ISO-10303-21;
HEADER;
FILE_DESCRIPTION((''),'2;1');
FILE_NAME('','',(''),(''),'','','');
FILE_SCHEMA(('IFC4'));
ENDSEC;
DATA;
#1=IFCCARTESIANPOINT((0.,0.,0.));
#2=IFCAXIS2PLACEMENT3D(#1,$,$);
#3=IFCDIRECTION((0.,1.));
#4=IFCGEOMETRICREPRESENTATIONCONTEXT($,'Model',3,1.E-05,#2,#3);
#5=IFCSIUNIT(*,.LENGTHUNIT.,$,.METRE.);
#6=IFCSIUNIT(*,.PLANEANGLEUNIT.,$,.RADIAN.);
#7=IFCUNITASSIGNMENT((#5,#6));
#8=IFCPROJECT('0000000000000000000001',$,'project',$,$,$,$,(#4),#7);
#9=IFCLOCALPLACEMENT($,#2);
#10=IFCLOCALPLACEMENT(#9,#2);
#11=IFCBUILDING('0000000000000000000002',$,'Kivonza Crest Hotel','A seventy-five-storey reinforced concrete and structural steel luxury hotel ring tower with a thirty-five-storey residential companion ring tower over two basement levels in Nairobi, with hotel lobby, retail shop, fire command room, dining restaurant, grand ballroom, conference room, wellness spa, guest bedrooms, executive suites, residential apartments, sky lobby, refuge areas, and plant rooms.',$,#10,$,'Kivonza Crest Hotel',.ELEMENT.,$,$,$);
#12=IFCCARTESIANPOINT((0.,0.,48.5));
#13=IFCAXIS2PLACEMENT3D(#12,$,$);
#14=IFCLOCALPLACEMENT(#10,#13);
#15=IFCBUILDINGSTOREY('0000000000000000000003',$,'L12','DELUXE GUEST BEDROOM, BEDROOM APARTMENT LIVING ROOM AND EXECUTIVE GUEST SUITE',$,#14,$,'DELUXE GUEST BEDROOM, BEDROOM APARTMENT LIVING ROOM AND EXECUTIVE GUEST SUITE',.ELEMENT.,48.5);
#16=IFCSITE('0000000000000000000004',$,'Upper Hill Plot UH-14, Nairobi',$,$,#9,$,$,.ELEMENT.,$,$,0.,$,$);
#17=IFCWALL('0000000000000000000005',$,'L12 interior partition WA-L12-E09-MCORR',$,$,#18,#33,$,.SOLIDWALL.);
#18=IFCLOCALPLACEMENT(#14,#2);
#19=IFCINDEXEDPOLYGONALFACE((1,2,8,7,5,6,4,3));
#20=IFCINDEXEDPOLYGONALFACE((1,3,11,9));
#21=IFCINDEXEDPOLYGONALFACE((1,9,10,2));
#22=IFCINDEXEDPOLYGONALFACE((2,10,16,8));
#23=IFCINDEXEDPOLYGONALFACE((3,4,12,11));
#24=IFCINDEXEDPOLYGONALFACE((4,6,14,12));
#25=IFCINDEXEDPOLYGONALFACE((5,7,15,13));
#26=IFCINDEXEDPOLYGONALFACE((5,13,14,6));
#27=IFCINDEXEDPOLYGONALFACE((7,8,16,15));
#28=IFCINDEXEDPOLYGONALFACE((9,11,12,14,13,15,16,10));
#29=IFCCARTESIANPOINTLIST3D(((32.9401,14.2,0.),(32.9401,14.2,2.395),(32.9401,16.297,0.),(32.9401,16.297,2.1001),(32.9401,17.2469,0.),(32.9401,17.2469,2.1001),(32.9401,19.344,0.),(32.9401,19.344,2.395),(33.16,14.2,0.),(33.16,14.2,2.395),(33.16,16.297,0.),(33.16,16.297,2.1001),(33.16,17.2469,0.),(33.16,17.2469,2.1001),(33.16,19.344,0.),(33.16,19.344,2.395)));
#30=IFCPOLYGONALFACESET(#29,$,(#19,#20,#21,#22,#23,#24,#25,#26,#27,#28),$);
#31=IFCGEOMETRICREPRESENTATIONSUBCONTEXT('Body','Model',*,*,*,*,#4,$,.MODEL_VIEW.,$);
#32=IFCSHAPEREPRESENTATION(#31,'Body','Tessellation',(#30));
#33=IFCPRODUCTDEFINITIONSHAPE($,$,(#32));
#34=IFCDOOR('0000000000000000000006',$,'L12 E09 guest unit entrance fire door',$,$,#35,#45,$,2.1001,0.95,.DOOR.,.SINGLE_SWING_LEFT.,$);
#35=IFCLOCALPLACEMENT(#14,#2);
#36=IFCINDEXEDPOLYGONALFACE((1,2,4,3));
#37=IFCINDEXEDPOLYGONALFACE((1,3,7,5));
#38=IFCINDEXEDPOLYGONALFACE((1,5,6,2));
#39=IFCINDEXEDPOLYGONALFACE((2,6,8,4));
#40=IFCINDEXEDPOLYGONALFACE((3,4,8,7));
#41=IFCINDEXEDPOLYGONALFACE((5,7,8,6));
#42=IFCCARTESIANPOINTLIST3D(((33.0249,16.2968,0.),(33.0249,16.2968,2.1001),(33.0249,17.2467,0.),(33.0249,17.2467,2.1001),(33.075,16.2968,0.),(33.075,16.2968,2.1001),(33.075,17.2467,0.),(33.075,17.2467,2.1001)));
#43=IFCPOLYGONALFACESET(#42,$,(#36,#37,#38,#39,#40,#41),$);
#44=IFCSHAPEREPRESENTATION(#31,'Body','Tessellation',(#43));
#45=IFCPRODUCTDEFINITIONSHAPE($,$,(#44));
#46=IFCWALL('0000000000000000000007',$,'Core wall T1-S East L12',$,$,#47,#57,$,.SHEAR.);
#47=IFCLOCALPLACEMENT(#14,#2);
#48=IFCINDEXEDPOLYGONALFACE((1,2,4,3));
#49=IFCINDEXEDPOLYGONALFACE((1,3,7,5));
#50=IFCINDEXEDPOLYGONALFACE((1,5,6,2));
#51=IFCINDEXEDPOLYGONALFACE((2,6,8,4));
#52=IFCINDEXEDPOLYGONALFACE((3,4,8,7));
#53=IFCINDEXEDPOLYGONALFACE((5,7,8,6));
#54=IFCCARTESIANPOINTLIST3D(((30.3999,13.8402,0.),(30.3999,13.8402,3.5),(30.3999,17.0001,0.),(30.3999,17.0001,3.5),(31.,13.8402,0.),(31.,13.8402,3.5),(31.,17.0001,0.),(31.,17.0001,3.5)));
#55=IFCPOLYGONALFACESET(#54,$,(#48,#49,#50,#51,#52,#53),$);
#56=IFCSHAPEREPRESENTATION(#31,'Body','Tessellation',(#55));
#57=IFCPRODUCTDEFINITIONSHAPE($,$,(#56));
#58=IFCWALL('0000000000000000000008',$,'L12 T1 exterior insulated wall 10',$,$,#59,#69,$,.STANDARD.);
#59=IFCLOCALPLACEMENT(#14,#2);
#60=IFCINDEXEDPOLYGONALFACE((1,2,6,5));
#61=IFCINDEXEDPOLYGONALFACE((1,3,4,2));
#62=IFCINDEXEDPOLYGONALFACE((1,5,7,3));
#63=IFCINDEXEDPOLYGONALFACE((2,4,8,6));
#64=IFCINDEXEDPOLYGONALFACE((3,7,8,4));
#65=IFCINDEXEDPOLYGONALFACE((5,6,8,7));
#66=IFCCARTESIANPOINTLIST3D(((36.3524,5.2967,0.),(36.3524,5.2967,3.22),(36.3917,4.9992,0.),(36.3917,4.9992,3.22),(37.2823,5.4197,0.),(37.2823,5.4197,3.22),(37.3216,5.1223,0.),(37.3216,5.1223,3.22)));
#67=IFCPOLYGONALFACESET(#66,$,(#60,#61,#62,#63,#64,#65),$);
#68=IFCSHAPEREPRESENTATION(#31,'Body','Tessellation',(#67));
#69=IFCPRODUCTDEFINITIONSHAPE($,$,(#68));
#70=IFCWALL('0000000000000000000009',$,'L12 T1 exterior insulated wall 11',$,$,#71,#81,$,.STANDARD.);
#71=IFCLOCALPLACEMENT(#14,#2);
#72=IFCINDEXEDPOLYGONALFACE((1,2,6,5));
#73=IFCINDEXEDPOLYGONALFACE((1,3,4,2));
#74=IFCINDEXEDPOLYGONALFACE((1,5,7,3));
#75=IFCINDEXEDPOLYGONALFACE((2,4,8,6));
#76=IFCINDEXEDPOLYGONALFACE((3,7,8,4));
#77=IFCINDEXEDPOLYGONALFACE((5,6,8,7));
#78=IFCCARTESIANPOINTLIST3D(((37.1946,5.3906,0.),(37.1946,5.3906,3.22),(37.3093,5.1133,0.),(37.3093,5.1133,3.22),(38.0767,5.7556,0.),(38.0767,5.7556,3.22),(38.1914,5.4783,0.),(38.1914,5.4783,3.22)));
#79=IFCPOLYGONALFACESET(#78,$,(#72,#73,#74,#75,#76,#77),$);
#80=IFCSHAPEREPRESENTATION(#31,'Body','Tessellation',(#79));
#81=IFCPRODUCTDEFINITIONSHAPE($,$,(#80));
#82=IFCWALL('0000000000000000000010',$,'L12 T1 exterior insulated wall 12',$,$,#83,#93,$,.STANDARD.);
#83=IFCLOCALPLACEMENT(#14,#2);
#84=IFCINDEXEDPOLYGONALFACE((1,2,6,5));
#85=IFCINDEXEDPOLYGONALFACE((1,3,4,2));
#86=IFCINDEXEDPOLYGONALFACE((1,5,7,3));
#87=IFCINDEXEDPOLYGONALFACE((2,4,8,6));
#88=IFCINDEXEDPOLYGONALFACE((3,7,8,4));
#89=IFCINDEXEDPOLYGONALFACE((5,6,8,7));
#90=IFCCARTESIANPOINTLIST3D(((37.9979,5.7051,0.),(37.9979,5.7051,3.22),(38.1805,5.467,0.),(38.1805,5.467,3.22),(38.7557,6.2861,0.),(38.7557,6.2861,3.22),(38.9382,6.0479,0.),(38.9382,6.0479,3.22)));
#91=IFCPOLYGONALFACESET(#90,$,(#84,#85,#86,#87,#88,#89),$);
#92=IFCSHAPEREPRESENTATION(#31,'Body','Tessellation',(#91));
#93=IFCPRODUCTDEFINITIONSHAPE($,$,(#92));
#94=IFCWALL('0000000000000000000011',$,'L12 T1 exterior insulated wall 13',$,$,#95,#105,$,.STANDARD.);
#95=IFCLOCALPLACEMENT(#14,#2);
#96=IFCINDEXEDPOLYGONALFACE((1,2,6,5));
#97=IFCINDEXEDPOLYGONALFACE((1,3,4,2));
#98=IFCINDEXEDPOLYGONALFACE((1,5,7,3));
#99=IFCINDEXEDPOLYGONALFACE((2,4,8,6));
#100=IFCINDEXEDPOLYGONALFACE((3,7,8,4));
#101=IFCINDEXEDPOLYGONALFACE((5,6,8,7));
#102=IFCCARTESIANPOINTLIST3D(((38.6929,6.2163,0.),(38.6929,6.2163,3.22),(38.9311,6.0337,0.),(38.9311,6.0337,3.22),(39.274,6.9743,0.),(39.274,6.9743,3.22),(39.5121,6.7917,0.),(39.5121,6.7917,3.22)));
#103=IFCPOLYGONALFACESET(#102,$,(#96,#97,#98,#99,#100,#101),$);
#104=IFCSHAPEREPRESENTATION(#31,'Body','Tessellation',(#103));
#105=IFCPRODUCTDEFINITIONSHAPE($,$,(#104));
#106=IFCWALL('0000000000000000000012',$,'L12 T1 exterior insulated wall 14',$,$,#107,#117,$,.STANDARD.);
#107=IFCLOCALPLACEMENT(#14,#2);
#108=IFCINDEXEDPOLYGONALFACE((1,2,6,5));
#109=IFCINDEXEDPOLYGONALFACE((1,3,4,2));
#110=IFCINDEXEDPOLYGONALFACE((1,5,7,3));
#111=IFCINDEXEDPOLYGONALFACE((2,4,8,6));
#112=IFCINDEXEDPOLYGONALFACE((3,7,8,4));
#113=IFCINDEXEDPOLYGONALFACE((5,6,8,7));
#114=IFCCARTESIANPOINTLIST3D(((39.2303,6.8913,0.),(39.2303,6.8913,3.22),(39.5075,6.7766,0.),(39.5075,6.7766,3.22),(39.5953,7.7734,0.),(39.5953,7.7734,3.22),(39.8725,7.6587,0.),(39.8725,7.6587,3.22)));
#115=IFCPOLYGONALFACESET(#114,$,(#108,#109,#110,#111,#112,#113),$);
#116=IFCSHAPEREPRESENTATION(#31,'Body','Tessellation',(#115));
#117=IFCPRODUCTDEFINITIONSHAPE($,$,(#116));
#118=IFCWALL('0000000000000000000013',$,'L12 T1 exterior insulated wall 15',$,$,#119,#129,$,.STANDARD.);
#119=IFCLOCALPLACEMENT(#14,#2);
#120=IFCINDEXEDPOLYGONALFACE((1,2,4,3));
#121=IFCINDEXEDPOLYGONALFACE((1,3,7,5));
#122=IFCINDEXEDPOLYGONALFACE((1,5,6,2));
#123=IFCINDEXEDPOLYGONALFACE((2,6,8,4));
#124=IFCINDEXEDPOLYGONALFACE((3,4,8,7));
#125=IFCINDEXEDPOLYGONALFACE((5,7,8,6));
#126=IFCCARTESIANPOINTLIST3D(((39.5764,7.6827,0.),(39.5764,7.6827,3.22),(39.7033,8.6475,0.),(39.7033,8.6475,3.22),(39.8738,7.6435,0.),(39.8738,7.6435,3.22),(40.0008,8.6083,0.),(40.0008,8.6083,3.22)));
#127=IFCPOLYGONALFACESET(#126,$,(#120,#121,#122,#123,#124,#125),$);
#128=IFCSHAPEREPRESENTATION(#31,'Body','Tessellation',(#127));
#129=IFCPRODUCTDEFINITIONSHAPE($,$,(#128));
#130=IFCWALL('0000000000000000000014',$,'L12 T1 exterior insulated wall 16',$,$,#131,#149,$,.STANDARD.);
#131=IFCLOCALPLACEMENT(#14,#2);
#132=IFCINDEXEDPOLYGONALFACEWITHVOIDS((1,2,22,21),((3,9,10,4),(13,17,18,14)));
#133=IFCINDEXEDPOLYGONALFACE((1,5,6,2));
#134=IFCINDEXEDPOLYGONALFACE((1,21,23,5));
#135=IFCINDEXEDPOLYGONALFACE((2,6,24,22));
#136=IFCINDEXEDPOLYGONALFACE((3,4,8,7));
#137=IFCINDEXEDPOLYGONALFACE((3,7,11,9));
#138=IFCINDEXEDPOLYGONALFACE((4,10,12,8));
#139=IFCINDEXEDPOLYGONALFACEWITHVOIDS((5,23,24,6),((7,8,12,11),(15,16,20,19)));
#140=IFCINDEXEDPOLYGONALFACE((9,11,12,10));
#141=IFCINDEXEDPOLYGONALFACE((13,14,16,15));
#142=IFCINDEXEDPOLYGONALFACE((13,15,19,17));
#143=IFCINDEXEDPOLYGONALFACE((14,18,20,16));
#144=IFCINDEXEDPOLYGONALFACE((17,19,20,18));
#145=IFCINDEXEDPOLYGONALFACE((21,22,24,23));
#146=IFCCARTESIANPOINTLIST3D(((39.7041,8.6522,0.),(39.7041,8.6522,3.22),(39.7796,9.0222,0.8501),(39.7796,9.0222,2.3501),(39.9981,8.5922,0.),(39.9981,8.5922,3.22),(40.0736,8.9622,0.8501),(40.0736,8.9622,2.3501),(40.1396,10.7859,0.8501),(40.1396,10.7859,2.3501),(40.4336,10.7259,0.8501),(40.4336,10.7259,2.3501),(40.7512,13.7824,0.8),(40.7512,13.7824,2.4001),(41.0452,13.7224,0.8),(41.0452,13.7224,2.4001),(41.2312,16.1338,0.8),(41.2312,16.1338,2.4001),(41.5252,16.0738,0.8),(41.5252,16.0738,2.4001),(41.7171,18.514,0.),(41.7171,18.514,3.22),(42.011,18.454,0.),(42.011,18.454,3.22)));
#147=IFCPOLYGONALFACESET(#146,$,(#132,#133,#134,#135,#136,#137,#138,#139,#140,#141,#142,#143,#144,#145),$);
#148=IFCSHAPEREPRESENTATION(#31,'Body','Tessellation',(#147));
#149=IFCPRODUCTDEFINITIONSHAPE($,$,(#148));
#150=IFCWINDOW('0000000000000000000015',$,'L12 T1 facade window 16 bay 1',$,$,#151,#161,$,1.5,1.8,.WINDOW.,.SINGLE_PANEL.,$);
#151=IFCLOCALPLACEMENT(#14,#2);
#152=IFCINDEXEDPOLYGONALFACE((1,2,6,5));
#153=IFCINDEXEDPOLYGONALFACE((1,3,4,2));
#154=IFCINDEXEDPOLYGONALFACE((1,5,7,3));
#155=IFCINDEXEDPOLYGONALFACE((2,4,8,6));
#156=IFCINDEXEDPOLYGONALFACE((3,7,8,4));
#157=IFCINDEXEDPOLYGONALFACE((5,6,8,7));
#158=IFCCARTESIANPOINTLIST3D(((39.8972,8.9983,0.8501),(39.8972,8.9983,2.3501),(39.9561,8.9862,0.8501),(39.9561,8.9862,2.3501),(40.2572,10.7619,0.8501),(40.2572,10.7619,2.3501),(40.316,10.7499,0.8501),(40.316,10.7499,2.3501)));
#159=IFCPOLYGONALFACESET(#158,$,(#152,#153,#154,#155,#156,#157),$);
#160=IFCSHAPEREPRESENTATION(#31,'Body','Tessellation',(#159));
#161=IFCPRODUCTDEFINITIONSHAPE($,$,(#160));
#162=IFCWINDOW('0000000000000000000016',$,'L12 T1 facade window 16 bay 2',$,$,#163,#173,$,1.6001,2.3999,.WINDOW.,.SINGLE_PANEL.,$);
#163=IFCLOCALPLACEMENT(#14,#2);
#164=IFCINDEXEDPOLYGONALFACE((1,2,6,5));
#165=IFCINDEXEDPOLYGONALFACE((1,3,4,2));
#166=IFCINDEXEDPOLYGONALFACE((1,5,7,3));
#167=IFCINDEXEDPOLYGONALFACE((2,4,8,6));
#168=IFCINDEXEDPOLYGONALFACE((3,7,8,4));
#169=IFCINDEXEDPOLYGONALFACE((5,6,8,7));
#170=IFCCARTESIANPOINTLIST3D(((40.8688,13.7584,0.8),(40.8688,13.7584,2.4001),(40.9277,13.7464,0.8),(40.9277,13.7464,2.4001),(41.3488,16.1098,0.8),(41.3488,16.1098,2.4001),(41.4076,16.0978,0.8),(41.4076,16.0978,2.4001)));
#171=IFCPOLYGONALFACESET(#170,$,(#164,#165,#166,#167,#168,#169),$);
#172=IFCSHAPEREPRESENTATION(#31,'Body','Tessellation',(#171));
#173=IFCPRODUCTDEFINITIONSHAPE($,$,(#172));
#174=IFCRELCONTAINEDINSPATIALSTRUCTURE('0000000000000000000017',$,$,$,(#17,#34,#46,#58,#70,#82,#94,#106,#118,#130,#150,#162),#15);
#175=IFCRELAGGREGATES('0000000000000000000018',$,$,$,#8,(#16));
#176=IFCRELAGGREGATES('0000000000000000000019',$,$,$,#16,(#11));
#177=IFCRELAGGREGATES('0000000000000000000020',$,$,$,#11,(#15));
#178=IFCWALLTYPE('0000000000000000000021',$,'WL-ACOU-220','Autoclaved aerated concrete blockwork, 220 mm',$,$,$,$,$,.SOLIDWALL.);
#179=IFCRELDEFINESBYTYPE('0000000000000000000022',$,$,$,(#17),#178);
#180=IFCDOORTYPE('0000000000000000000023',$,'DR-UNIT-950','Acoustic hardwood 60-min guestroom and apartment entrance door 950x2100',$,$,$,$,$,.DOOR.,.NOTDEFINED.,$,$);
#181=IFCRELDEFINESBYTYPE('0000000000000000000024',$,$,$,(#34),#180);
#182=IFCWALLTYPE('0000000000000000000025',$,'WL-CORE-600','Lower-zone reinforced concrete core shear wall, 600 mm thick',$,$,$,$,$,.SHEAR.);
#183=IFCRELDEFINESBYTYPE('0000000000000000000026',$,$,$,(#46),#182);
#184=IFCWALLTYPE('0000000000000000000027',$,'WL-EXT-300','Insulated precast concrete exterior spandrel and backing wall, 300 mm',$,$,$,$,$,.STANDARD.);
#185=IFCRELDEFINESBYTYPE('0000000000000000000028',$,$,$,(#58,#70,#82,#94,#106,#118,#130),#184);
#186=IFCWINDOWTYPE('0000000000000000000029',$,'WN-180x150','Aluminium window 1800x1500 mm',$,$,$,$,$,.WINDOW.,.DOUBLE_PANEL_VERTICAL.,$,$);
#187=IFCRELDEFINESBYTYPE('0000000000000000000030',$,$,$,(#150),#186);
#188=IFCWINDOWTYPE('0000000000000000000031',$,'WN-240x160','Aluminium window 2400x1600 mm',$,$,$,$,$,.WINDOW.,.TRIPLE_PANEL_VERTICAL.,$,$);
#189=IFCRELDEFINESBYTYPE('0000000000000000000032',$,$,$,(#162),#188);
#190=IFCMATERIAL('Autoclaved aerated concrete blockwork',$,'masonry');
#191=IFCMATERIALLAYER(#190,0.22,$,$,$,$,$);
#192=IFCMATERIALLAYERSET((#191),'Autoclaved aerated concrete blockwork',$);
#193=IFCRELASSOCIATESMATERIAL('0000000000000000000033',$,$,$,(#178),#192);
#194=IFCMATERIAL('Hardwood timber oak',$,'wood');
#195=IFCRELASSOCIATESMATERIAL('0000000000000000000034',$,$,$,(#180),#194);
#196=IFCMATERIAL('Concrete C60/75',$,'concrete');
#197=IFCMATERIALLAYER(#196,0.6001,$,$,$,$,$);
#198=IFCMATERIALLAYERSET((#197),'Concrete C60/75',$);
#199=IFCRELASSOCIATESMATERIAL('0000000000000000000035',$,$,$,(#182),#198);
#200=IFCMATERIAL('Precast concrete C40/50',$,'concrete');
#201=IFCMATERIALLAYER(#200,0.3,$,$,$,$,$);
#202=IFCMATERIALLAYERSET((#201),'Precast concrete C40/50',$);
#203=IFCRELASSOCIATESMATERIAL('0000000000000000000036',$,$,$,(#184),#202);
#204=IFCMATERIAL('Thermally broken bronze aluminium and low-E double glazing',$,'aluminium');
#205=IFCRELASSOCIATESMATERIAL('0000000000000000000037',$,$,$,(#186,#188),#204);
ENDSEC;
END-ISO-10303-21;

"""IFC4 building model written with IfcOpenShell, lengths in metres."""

from ifc_helpers import new_model, si_unit, direction, frame, frame_2d, origin, place, context, subcontext, project, spatial, rectangle, extrude, material, layer, layer_set, type_object, element, fill, save


model = new_model("IFC4")

# Units and contexts
model_context = context("Model", 3, precision=1e-05, world=origin(), true_north=direction((0.0, 1.0)))
body_context = subcontext(model_context, "Body", "Model", "MODEL_VIEW")
ifc_project = project(units=[si_unit("LENGTHUNIT", "METRE"), si_unit("PLANEANGLEUNIT", "RADIAN")], contexts=[model_context])

# Site, building, storey
site_placement = place(None, origin())
site = spatial("IfcSite", under=ifc_project, at=site_placement, Name="Upper Hill Plot UH-14, Nairobi", CompositionType="ELEMENT", RefElevation=0.0)
building_placement = place(site_placement, origin())
building = spatial("IfcBuilding", under=site, at=building_placement, Name="Kivonza Crest Hotel", Description="A seventy-five-storey reinforced concrete and structural steel luxury hotel ring tower with a thirty-five-storey residential companion ring tower over two basement levels in Nairobi, with hotel lobby, retail shop, fire command room, dining restaurant, grand ballroom, conference room, wellness spa, guest bedrooms, executive suites, residential apartments, sky lobby, refuge areas, and plant rooms.", LongName="Kivonza Crest Hotel", CompositionType="ELEMENT")
storey_placement = place(building_placement, frame((0.0, 0.0, 48.5)))
storey = spatial("IfcBuildingStorey", under=building, at=storey_placement, Name="L12", Description="DELUXE GUEST BEDROOM, BEDROOM APARTMENT LIVING ROOM AND EXECUTIVE GUEST SUITE", LongName="DELUXE GUEST BEDROOM, BEDROOM APARTMENT LIVING ROOM AND EXECUTIVE GUEST SUITE", CompositionType="ELEMENT", Elevation=48.5)

# Shared definitions
ifc_material_1 = material(Name="Concrete C60/75", Category="concrete")

# Wall, opening, door
ifc_material_2 = material(Name="Autoclaved aerated concrete blockwork", Category="masonry")
ifc_layer_1 = layer(ifc_material_2, 0.22)
ifc_layer_set_1 = layer_set([ifc_layer_1], Name="Autoclaved aerated concrete blockwork")
wall_type_1 = type_object("IfcWallType", Name="WL-ACOU-220", Description="Autoclaved aerated concrete blockwork, 220 mm", PredefinedType="SOLIDWALL", material=ifc_layer_set_1)
ifc_material_3 = material(Name="Hardwood timber oak", Category="wood")
wall_1_placement = place(storey_placement, frame((33.05, 14.2, 0.0), z_axis=(0.0, 0.0, 1.0), x_axis=(0.0, 1.0, 0.0)))
wall_1 = element("IfcWall", 1, at=wall_1_placement, inside=storey, type_object=wall_type_1, Name="L12 interior partition WA-L12-E09-MCORR", PredefinedType="SOLIDWALL", context=body_context, shape_type="SweptSolid", body=[
    extrude(rectangle(XDim=5.144, YDim=0.22, at=frame_2d((2.572, 0.0))), origin(), (0.0, 0.0, 1.0), 2.395),
])
opening_1_placement = place(wall_1_placement, frame((2.0969, 0.0, 0.0)))
opening_1 = element("IfcOpeningElement", 2, at=opening_1_placement, cuts=wall_1, PredefinedType="OPENING", context=body_context, shape_type="SweptSolid", body=[
    extrude(rectangle(XDim=0.95, YDim=2.1001, at=frame_2d((0.4751, 1.05))), frame((0.0, 0.1201, 0.0), z_axis=(0.0, -1.0, 0.0), x_axis=(1.0, 0.0, 0.0)), (0.0, 0.0, 1.0), 0.24),
])
door_type_1 = type_object("IfcDoorType", Name="DR-UNIT-950", Description="Acoustic hardwood 60-min guestroom and apartment entrance door 950x2100", OperationType="NOTDEFINED", PredefinedType="DOOR", material=ifc_material_3)
door_1_placement = place(opening_1_placement, frame((0.95, 0.0, 0.0), z_axis=(0.0, 0.0, 1.0), x_axis=(-1.0, 0.0, 0.0)))
door_1 = element("IfcDoor", 3, at=door_1_placement, inside=storey, type_object=door_type_1, Name="L12 E09 guest unit entrance fire door", OperationType="SINGLE_SWING_LEFT", OverallHeight=2.1001, OverallWidth=0.95, PredefinedType="DOOR", context=body_context, shape_type="SweptSolid", body=[
    extrude(rectangle(XDim=0.95, YDim=2.1001, at=frame_2d((0.4751, 1.05))), frame((0.0, 0.0249, 0.0), z_axis=(0.0, -1.0, 0.0), x_axis=(1.0, 0.0, 0.0)), (0.0, 0.0, 1.0), 0.05),
])
fill(opening_1, door_1)

# Walls
ifc_layer_2 = layer(ifc_material_1, 0.6001)
ifc_layer_set_2 = layer_set([ifc_layer_2], Name="Concrete C60/75")
wall_type_2 = type_object("IfcWallType", Name="WL-CORE-600", Description="Lower-zone reinforced concrete core shear wall, 600 mm thick", PredefinedType="SHEAR", material=ifc_layer_set_2)
wall_2_placement = place(storey_placement, frame((30.7, 13.8401, 0.0), z_axis=(0.0, 0.0, 1.0), x_axis=(0.0, 1.0, 0.0)))
element("IfcWall", 4, at=wall_2_placement, inside=storey, type_object=wall_type_2, Name="Core wall T1-S East L12", PredefinedType="SHEAR", context=body_context, shape_type="SweptSolid", body=[
    extrude(rectangle(XDim=3.1599, YDim=0.6001, at=frame_2d((1.5801, 0.0))), origin(), (0.0, 0.0, 1.0), 3.5),
])
ifc_material_4 = material(Name="Precast concrete C40/50", Category="concrete")
ifc_layer_3 = layer(ifc_material_4, 0.3)
ifc_layer_set_3 = layer_set([ifc_layer_3], Name="Precast concrete C40/50")
wall_type_3 = type_object("IfcWallType", Name="WL-EXT-300", Description="Insulated precast concrete exterior spandrel and backing wall, 300 mm", PredefinedType="STANDARD", material=ifc_layer_set_3)
wall_3_placement = place(storey_placement, frame((36.3721, 5.1479, 0.0), z_axis=(0.0, 0.0, 1.0), x_axis=(0.991359, 0.131175, 0.0)))
element("IfcWall", 5, at=wall_3_placement, inside=storey, type_object=wall_type_3, Name="L12 T1 exterior insulated wall 10", PredefinedType="STANDARD", context=body_context, shape_type="SweptSolid", body=[
    extrude(rectangle(XDim=0.938, YDim=0.3, at=frame_2d((0.469, 0.0))), origin(), (0.0, 0.0, 1.0), 3.22),
])
wall_4_placement = place(storey_placement, frame((37.252, 5.252, 0.0), z_axis=(0.0, 0.0, 1.0), x_axis=(0.92402, 0.382344, 0.0)))
element("IfcWall", 6, at=wall_4_placement, inside=storey, type_object=wall_type_3, Name="L12 T1 exterior insulated wall 11", PredefinedType="STANDARD", context=body_context, shape_type="SweptSolid", body=[
    extrude(rectangle(XDim=0.9546, YDim=0.3, at=frame_2d((0.4773, 0.0))), origin(), (0.0, 0.0, 1.0), 3.22),
])
wall_5_placement = place(storey_placement, frame((38.0891, 5.5859, 0.0), z_axis=(0.0, 0.0, 1.0), x_axis=(0.793573, 0.608474, 0.0)))
element("IfcWall", 7, at=wall_5_placement, inside=storey, type_object=wall_type_3, Name="L12 T1 exterior insulated wall 12", PredefinedType="STANDARD", context=body_context, shape_type="SweptSolid", body=[
    extrude(rectangle(XDim=0.9548, YDim=0.3, at=frame_2d((0.4775, 0.0))), origin(), (0.0, 0.0, 1.0), 3.22),
])
wall_6_placement = place(storey_placement, frame((38.812, 6.125, 0.0), z_axis=(0.0, 0.0, 1.0), x_axis=(0.608351, 0.793668, 0.0)))
element("IfcWall", 8, at=wall_6_placement, inside=storey, type_object=wall_type_3, Name="L12 T1 exterior insulated wall 13", PredefinedType="STANDARD", context=body_context, shape_type="SweptSolid", body=[
    extrude(rectangle(XDim=0.9551, YDim=0.3, at=frame_2d((0.4775, 0.0))), origin(), (0.0, 0.0, 1.0), 3.22),
])
wall_7_placement = place(storey_placement, frame((39.3689, 6.834, 0.0), z_axis=(0.0, 0.0, 1.0), x_axis=(0.382344, 0.92402, 0.0)))
element("IfcWall", 9, at=wall_7_placement, inside=storey, type_object=wall_type_3, Name="L12 T1 exterior insulated wall 14", PredefinedType="STANDARD", context=body_context, shape_type="SweptSolid", body=[
    extrude(rectangle(XDim=0.9546, YDim=0.3, at=frame_2d((0.4773, 0.0))), origin(), (0.0, 0.0, 1.0), 3.22),
])
wall_8_placement = place(storey_placement, frame((39.7251, 7.6631, 0.0), z_axis=(0.0, 0.0, 1.0), x_axis=(0.130455, 0.991454, 0.0)))
element("IfcWall", 10, at=wall_8_placement, inside=storey, type_object=wall_type_3, Name="L12 T1 exterior insulated wall 15", PredefinedType="STANDARD", context=body_context, shape_type="SweptSolid", body=[
    extrude(rectangle(XDim=0.9731, YDim=0.3, at=frame_2d((0.4866, 0.0))), origin(), (0.0, 0.0, 1.0), 3.22),
])

# Wall, openings, windows
wall_9_placement = place(storey_placement, frame((39.8511, 8.6221, 0.0), z_axis=(0.0, 0.0, 1.0), x_axis=(0.199991, 0.979798, 0.0)))
wall_9 = element("IfcWall", 11, at=wall_9_placement, inside=storey, type_object=wall_type_3, Name="L12 T1 exterior insulated wall 16", PredefinedType="STANDARD", context=body_context, shape_type="SweptSolid", body=[
    extrude(rectangle(XDim=10.0652, YDim=0.3, at=frame_2d((5.0327, 0.0))), origin(), (0.0, 0.0, 1.0), 3.22),
])
opening_2_placement = place(wall_9_placement, frame((0.3779, 0.0, 0.8501)))
opening_2 = element("IfcOpeningElement", 12, at=opening_2_placement, cuts=wall_9, PredefinedType="OPENING", context=body_context, shape_type="SweptSolid", body=[
    extrude(rectangle(XDim=1.8, YDim=1.5, at=frame_2d((0.8999, 0.75))), frame((0.0, 0.1602, 0.0), z_axis=(0.0, -1.0, 0.0), x_axis=(1.0, 0.0, 0.0)), (0.0, 0.0, 1.0), 0.3201),
])
opening_3_placement = place(wall_9_placement, frame((5.2361, 0.0, 0.8)))
opening_3 = element("IfcOpeningElement", 13, at=opening_3_placement, cuts=wall_9, PredefinedType="OPENING", context=body_context, shape_type="SweptSolid", body=[
    extrude(rectangle(XDim=2.3999, YDim=1.6001, at=frame_2d((1.2, 0.8))), frame((0.0, 0.1602, 0.0), z_axis=(0.0, -1.0, 0.0), x_axis=(1.0, 0.0, 0.0)), (0.0, 0.0, 1.0), 0.3201),
])
ifc_material_5 = material(Name="Thermally broken bronze aluminium and low-E double glazing", Category="aluminium")
window_type_1 = type_object("IfcWindowType", Name="WN-180x150", Description="Aluminium window 1800x1500 mm", PartitioningType="DOUBLE_PANEL_VERTICAL", PredefinedType="WINDOW", material=ifc_material_5)
window_1_placement = place(opening_2_placement, origin())
window_1 = element("IfcWindow", 14, at=window_1_placement, inside=storey, type_object=window_type_1, Name="L12 T1 facade window 16 bay 1", OverallHeight=1.5, OverallWidth=1.8, PartitioningType="SINGLE_PANEL", PredefinedType="WINDOW", context=body_context, shape_type="SweptSolid", body=[
    extrude(rectangle(XDim=1.8, YDim=1.5, at=frame_2d((0.8999, 0.75))), frame((0.0, 0.03, 0.0), z_axis=(0.0, -1.0, 0.0), x_axis=(1.0, 0.0, 0.0)), (0.0, 0.0, 1.0), 0.0601),
])
fill(opening_2, window_1)
window_type_2 = type_object("IfcWindowType", Name="WN-240x160", Description="Aluminium window 2400x1600 mm", PartitioningType="TRIPLE_PANEL_VERTICAL", PredefinedType="WINDOW", material=ifc_material_5)
window_2_placement = place(opening_3_placement, origin())
window_2 = element("IfcWindow", 15, at=window_2_placement, inside=storey, type_object=window_type_2, Name="L12 T1 facade window 16 bay 2", OverallHeight=1.6001, OverallWidth=2.3999, PartitioningType="SINGLE_PANEL", PredefinedType="WINDOW", context=body_context, shape_type="SweptSolid", body=[
    extrude(rectangle(XDim=2.3999, YDim=1.6001, at=frame_2d((1.2, 0.8))), frame((0.0, 0.03, 0.0), z_axis=(0.0, -1.0, 0.0), x_axis=(1.0, 0.0, 0.0)), (0.0, 0.0, 1.0), 0.0601),
])
fill(opening_3, window_2)

save(model, "model.ifc")
